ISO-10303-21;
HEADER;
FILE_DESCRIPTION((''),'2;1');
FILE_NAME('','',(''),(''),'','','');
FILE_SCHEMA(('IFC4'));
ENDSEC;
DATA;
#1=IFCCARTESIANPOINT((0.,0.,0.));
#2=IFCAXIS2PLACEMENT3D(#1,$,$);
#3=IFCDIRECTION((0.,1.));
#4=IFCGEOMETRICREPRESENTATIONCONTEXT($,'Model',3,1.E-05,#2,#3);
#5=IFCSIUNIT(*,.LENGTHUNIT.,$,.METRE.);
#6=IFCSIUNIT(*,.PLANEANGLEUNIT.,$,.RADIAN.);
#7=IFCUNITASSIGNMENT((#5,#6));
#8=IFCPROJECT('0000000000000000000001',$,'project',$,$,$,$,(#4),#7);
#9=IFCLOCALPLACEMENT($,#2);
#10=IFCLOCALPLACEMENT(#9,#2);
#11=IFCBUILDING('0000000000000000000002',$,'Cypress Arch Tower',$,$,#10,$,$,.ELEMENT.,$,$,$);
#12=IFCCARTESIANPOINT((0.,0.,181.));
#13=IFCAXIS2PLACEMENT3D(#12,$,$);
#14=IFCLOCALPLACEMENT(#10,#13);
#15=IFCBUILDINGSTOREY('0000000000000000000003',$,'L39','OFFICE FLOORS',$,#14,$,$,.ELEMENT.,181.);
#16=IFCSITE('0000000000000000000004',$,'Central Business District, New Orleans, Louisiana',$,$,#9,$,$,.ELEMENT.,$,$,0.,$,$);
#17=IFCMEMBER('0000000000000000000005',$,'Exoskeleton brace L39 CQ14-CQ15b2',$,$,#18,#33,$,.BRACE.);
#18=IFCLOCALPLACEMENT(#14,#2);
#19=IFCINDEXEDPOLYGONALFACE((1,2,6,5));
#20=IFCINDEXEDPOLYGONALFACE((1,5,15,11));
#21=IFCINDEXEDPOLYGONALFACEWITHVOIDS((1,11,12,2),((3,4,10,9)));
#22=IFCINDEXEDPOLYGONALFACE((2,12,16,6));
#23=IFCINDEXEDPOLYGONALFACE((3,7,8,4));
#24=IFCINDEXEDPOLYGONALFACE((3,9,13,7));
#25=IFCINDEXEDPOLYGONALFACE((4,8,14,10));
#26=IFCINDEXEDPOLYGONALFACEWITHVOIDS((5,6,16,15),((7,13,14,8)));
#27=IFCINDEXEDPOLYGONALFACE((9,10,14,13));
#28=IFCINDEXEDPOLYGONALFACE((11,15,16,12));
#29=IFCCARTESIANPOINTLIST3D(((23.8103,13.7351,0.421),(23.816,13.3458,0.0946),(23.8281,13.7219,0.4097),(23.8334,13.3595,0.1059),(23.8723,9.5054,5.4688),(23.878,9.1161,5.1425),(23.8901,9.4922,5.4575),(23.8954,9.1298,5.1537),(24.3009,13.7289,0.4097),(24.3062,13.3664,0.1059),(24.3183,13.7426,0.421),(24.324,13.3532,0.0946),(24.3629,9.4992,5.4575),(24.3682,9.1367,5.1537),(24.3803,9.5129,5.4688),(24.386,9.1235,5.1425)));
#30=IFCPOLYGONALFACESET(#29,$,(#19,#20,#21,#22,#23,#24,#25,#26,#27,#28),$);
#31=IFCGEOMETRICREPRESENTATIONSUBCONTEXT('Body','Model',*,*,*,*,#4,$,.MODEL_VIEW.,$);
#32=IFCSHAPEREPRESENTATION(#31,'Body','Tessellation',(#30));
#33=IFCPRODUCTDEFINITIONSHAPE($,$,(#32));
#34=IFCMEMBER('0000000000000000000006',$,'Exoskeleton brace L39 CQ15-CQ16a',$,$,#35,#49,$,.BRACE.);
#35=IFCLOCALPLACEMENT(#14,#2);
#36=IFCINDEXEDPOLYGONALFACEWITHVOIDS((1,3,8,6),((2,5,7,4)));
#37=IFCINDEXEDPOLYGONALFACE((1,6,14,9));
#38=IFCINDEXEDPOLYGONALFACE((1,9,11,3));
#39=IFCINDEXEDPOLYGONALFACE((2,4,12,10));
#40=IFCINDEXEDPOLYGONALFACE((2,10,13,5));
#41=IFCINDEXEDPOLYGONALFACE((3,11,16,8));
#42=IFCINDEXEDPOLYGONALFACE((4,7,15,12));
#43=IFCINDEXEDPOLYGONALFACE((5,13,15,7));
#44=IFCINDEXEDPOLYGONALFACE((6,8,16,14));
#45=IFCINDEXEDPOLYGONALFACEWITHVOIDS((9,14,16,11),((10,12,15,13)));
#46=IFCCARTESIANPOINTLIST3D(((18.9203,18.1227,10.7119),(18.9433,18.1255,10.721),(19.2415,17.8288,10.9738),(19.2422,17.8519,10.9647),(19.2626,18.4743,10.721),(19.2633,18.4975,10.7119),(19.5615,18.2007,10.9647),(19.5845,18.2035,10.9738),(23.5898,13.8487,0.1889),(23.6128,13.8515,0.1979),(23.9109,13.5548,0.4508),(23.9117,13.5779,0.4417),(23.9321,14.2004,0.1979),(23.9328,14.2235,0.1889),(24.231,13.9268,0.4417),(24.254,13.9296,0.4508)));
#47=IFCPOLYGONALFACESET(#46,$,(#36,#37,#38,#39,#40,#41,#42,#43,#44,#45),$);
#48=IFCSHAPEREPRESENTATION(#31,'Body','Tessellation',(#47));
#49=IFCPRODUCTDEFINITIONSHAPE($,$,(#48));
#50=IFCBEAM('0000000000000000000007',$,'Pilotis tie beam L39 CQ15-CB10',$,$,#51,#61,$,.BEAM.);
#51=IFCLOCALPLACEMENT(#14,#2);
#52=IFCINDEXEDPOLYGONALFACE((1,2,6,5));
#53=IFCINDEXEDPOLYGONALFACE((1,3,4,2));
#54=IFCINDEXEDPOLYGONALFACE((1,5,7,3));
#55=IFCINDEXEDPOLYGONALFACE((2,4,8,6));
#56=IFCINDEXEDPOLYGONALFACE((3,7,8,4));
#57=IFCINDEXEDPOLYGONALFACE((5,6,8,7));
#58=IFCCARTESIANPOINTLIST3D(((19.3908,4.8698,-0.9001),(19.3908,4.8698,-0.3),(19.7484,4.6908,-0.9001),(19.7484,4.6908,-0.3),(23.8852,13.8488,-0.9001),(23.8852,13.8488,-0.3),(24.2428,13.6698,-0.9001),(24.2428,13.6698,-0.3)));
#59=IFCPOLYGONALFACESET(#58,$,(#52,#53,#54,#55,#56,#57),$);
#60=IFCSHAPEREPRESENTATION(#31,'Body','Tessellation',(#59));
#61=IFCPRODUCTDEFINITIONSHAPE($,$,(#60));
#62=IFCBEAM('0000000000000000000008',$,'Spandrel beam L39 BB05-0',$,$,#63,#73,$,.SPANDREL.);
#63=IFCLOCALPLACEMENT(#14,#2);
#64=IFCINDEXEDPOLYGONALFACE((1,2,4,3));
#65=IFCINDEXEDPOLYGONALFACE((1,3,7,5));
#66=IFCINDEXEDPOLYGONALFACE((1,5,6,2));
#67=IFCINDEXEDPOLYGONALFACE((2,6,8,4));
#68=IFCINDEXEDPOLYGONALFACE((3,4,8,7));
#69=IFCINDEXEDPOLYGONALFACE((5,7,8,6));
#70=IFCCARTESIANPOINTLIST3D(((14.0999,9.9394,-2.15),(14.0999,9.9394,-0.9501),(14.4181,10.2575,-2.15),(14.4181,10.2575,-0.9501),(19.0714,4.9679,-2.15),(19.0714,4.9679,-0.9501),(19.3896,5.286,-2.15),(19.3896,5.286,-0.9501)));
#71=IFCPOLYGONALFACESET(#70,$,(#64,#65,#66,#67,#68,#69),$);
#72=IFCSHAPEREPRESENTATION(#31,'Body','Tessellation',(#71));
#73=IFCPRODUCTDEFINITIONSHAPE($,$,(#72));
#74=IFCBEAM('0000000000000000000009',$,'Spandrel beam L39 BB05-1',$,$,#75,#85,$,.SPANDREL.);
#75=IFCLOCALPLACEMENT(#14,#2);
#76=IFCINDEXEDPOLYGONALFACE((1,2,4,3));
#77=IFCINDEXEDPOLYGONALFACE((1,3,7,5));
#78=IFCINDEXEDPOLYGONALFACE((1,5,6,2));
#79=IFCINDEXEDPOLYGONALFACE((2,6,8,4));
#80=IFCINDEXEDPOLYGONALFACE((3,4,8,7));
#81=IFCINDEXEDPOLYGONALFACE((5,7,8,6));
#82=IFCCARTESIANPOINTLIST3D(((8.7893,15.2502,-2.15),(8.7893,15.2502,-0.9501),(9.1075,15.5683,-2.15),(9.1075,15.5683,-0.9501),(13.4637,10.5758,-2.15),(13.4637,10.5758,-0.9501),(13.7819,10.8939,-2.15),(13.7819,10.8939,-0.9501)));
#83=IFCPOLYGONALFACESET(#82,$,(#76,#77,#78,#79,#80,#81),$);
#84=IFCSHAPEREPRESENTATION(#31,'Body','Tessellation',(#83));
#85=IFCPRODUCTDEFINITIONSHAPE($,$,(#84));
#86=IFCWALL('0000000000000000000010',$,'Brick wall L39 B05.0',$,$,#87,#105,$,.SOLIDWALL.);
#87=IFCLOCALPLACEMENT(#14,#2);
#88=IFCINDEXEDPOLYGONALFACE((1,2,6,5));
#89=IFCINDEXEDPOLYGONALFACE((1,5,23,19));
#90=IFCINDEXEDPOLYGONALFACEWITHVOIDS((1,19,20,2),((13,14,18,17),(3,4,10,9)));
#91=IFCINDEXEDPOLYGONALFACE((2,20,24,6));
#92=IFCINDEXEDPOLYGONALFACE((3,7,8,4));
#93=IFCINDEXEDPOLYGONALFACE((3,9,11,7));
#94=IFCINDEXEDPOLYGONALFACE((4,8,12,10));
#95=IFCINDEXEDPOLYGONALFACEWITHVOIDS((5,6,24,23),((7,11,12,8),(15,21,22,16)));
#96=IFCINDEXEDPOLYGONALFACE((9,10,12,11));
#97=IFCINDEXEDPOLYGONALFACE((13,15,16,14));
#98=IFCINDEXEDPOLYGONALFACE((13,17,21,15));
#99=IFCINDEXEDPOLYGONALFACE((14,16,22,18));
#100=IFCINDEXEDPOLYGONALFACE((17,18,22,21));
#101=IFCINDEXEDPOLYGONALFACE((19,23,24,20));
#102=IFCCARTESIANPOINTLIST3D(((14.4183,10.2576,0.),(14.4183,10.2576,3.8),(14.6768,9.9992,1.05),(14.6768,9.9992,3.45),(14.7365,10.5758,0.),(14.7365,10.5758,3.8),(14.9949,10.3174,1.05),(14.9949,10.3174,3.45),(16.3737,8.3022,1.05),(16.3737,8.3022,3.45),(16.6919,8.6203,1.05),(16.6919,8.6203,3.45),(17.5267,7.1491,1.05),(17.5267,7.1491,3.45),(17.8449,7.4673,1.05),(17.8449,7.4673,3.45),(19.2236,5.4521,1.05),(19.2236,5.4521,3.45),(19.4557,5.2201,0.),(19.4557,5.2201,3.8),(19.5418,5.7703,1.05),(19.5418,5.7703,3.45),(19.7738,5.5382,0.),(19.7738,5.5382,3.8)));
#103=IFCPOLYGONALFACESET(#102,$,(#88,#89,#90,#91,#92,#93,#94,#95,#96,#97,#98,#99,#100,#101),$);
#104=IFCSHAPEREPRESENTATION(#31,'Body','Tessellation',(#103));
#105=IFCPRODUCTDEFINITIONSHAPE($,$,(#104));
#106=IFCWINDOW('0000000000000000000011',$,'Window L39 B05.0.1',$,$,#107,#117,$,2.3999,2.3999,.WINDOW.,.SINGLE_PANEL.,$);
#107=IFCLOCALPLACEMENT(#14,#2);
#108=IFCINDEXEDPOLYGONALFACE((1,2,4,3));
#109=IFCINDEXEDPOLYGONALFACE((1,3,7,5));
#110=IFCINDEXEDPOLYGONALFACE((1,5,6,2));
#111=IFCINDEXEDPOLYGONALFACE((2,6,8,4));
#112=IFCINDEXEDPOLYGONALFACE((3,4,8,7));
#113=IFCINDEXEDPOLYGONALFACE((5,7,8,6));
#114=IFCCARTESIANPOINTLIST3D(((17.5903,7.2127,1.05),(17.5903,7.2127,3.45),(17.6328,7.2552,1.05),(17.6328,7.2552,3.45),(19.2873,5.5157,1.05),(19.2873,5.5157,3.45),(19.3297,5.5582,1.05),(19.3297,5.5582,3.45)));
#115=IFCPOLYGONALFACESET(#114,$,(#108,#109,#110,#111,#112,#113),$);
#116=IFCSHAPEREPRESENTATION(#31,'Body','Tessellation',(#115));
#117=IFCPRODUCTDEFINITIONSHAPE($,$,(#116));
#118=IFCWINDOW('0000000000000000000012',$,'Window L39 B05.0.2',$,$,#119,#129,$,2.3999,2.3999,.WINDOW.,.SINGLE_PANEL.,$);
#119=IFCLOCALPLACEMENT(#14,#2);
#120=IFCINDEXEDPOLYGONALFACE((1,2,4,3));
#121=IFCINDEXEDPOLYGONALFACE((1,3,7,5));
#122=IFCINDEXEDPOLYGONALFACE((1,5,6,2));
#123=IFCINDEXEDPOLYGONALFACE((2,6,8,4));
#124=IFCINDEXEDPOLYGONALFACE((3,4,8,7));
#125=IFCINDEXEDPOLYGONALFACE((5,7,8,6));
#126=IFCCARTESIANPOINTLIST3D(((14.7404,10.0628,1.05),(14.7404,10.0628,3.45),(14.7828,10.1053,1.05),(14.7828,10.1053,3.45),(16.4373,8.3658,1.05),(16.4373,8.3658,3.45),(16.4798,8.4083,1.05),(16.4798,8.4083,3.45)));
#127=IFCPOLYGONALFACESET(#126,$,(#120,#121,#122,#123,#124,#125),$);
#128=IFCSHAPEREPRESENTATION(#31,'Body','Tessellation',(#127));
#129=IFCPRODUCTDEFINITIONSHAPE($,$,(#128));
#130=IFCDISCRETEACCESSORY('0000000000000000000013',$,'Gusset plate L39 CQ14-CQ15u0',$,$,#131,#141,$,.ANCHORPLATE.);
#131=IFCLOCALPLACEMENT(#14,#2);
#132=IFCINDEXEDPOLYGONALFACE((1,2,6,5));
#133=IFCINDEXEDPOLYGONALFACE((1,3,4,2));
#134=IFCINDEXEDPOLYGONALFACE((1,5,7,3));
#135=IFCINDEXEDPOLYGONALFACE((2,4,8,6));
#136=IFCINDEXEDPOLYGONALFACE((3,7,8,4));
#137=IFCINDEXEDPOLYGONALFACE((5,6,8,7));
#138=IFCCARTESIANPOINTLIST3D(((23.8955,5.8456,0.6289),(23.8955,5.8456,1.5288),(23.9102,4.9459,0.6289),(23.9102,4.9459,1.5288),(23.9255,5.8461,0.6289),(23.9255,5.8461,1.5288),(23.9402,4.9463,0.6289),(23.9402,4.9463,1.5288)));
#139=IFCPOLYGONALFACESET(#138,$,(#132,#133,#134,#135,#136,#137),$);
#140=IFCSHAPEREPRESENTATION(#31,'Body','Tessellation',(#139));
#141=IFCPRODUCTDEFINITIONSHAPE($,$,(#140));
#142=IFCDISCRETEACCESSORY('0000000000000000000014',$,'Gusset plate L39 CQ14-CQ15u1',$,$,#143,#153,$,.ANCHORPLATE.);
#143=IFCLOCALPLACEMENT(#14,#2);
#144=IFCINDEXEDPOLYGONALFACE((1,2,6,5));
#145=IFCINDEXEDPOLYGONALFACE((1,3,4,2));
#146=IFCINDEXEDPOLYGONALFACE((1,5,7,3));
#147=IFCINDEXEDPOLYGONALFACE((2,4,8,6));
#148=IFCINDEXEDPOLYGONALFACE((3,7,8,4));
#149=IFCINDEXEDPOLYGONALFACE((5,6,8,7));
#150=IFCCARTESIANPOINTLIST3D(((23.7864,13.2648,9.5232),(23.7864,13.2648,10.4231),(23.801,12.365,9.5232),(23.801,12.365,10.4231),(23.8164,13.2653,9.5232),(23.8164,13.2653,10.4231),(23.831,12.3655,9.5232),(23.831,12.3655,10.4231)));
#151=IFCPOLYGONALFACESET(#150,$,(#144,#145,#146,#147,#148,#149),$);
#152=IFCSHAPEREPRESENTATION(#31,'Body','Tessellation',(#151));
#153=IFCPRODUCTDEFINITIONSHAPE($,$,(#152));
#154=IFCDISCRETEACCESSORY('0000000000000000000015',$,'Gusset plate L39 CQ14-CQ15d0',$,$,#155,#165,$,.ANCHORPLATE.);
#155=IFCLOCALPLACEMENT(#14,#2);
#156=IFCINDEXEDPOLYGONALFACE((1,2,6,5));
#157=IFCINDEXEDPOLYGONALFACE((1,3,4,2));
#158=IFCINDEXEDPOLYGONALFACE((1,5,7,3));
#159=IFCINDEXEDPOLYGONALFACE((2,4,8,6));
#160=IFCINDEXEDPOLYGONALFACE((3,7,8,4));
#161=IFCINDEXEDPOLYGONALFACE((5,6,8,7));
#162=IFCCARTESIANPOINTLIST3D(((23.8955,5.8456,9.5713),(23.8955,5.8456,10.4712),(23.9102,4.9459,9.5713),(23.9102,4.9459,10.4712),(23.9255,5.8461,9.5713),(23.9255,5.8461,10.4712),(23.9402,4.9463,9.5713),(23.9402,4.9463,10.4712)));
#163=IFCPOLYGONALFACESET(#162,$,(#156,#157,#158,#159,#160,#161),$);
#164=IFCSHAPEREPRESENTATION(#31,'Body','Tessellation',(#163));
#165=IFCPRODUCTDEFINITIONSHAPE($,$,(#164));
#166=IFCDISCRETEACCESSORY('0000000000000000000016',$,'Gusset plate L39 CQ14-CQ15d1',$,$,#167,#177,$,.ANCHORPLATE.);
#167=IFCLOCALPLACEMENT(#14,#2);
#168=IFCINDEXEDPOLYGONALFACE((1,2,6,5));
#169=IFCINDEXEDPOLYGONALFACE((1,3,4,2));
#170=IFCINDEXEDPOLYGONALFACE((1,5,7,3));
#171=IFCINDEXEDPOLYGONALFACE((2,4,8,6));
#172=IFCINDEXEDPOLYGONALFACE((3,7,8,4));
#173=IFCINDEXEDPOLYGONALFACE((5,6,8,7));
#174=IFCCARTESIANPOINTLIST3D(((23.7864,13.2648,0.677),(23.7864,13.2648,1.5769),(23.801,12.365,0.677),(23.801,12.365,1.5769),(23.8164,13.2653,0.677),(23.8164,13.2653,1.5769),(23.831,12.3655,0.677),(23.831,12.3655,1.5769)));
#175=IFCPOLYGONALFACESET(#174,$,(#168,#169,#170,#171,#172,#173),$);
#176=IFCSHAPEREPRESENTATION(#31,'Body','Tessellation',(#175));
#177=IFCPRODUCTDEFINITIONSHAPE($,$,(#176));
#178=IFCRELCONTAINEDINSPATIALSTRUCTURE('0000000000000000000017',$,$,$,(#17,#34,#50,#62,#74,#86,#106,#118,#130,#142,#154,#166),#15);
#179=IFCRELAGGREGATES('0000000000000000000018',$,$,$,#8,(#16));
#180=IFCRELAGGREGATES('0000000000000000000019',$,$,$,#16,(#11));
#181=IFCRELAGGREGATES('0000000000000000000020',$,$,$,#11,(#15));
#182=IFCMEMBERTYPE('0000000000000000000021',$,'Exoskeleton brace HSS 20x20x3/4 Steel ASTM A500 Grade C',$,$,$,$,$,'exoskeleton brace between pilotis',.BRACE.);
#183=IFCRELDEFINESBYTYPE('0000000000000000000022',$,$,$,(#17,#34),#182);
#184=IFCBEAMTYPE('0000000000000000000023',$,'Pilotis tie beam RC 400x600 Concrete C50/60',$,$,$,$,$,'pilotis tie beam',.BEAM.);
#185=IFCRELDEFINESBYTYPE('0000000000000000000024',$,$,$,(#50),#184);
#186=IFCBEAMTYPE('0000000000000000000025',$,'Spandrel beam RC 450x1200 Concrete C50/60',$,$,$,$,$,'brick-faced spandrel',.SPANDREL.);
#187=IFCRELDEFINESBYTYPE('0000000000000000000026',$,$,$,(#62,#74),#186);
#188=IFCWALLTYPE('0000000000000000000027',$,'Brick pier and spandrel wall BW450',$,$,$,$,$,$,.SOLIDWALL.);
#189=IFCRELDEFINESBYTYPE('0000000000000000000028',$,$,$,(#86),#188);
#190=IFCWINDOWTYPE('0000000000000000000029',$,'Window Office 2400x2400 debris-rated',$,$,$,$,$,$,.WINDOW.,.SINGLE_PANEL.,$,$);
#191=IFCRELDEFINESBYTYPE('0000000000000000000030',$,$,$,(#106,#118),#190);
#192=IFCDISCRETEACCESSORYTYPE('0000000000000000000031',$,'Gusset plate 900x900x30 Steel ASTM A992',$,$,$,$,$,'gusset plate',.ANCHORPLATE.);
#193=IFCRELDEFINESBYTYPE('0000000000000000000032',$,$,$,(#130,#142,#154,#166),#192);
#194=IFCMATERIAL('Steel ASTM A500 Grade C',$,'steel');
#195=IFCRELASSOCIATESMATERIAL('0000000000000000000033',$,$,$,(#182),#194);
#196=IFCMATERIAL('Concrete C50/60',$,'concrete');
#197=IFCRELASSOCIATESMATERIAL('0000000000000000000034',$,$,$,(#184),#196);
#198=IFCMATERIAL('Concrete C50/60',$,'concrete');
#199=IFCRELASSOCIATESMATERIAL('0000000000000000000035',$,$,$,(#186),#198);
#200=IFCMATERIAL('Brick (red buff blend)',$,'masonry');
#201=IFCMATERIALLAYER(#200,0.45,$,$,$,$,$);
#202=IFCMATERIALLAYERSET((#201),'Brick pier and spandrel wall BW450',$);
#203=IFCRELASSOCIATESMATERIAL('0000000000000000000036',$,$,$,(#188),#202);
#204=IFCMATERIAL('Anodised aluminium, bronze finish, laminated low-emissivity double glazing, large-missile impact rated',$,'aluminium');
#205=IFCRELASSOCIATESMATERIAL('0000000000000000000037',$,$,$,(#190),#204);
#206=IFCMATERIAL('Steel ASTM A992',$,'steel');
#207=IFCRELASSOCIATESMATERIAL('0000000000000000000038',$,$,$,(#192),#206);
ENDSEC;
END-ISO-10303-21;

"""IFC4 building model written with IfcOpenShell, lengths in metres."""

from ifc_helpers import new_model, si_unit, direction, frame, frame_2d, origin, origin_2d, place, context, subcontext, project, spatial, rectangle, hollow_rectangle, extrude, material, layer, layer_set, material_profile, profile_set, type_object, element, fill, save


model = new_model("IFC4")

# Units and contexts
model_context = context("Model", 3, precision=1e-05, world=origin(), true_north=direction((0.0, 1.0)))
body_context = subcontext(model_context, "Body", "Model", "MODEL_VIEW")
ifc_project = project(units=[si_unit("LENGTHUNIT", "METRE"), si_unit("PLANEANGLEUNIT", "RADIAN")], contexts=[model_context])

# Site, building, storey
site_placement = place(None, origin())
site = spatial("IfcSite", under=ifc_project, at=site_placement, Name="Central Business District, New Orleans, Louisiana", CompositionType="ELEMENT", RefElevation=0.0)
building_placement = place(site_placement, origin())
building = spatial("IfcBuilding", under=site, at=building_placement, Name="Cypress Arch Tower", CompositionType="ELEMENT")
storey_placement = place(building_placement, frame((0.0, 0.0, 181.0)))
storey = spatial("IfcBuildingStorey", under=building, at=storey_placement, Name="L39", Description="OFFICE FLOORS", CompositionType="ELEMENT", Elevation=181.0)

# Members
ifc_material_1 = material(Name="Steel ASTM A500 Grade C", Category="steel")
ifc_material_profile_1 = material_profile(ifc_material_1, hollow_rectangle(XDim=0.5081, YDim=0.5081, WallThickness=0.0176, at=origin_2d()), Name="HSS 20x20x3/4")
ifc_profile_set_1 = profile_set([ifc_material_profile_1], Name="Steel ASTM A500 Grade C")
member_type = type_object("IfcMemberType", Name="Exoskeleton brace HSS 20x20x3/4 Steel ASTM A500 Grade C", ElementType="exoskeleton brace between pilotis", PredefinedType="BRACE", material=ifc_profile_set_1)
member_1_placement = place(storey_placement, frame((24.0671, 13.5442, 0.2578), z_axis=(0.009416, -0.642232, 0.766452), x_axis=(0.999893, 0.014659, 0.0)))
element("IfcMember", 1, at=member_1_placement, inside=storey, type_object=member_type, Name="Exoskeleton brace L39 CQ14-CQ15b2", PredefinedType="BRACE", context=body_context, shape_type="SweptSolid", body=[
    extrude(hollow_rectangle(XDim=0.5081, YDim=0.5081, WallThickness=0.0176, at=origin_2d()), origin(), (0.0, 0.0, 1.0), 6.5859),
])
member_2_placement = place(storey_placement, frame((23.9219, 13.8892, 0.3198), z_axis=(-0.380242, 0.348035, 0.856906), x_axis=(-0.675176, -0.737657, 0.0)))
element("IfcMember", 2, at=member_2_placement, inside=storey, type_object=member_type, Name="Exoskeleton brace L39 CQ15-CQ16a", PredefinedType="BRACE", context=body_context, shape_type="SweptSolid", body=[
    extrude(hollow_rectangle(XDim=0.5081, YDim=0.5081, WallThickness=0.0176, at=origin_2d()), origin(), (0.0, 0.0, 1.0), 12.2803),
])

# Beams
ifc_material_2 = material(Name="Concrete C50/60", Category="concrete")
ifc_material_profile_2 = material_profile(ifc_material_2, rectangle(XDim=0.3999, YDim=0.6001, at=origin_2d()), Name="RC 400x600")
ifc_profile_set_2 = profile_set([ifc_material_profile_2], Name="Concrete C50/60")
beam_type_1 = type_object("IfcBeamType", Name="Pilotis tie beam RC 400x600 Concrete C50/60", ElementType="pilotis tie beam", PredefinedType="BEAM", material=ifc_profile_set_2)
beam_1_placement = place(storey_placement, frame((24.064, 13.7593, -0.6001), z_axis=(-0.447603, -0.894233, 0.0), x_axis=(0.894233, -0.447603, 0.0)))
element("IfcBeam", 3, at=beam_1_placement, inside=storey, type_object=beam_type_1, Name="Pilotis tie beam L39 CQ15-CB10", PredefinedType="BEAM", context=body_context, shape_type="SweptSolid", body=[
    extrude(rectangle(XDim=0.3999, YDim=0.6001, at=origin_2d()), origin(), (0.0, 0.0, 1.0), 10.041),
])
ifc_material_3 = material(Name="Concrete C50/60", Category="concrete")
ifc_material_profile_3 = material_profile(ifc_material_3, rectangle(XDim=0.45, YDim=1.2, at=origin_2d()), Name="RC 450x1200")
ifc_profile_set_3 = profile_set([ifc_material_profile_3], Name="Concrete C50/60")
beam_type_2 = type_object("IfcBeamType", Name="Spandrel beam RC 450x1200 Concrete C50/60", ElementType="brick-faced spandrel", PredefinedType="SPANDREL", material=ifc_profile_set_3)
beam_2_placement = place(storey_placement, frame((19.2305, 5.127, -1.55), z_axis=(-0.707107, 0.707107, 0.0), x_axis=(-0.707107, -0.707107, 0.0)))
element("IfcBeam", 4, at=beam_2_placement, inside=storey, type_object=beam_type_2, Name="Spandrel beam L39 BB05-0", PredefinedType="SPANDREL", context=body_context, shape_type="SweptSolid", body=[
    extrude(rectangle(XDim=0.45, YDim=1.2, at=origin_2d()), origin(), (0.0, 0.0, 1.0), 7.0308),
])
beam_3_placement = place(storey_placement, frame((13.6228, 10.7349, -1.55), z_axis=(-0.707107, 0.707107, 0.0), x_axis=(-0.707107, -0.707107, 0.0)))
element("IfcBeam", 5, at=beam_3_placement, inside=storey, type_object=beam_type_2, Name="Spandrel beam L39 BB05-1", PredefinedType="SPANDREL", context=body_context, shape_type="SweptSolid", body=[
    extrude(rectangle(XDim=0.45, YDim=1.2, at=origin_2d()), origin(), (0.0, 0.0, 1.0), 6.6106),
])

# Wall, openings, windows
ifc_material_4 = material(Name="Brick (red buff blend)", Category="masonry")
ifc_layer_1 = layer(ifc_material_4, 0.45)
ifc_layer_set_1 = layer_set([ifc_layer_1], Name="Brick pier and spandrel wall BW450")
wall_type_1 = type_object("IfcWallType", Name="Brick pier and spandrel wall BW450", PredefinedType="SOLIDWALL", material=ifc_layer_set_1)
wall_1_placement = place(storey_placement, frame((19.6147, 5.3792, 0.0), z_axis=(0.0, 0.0, 1.0), x_axis=(-0.70709, 0.707124, 0.0)))
wall_1 = element("IfcWall", 6, at=wall_1_placement, inside=storey, type_object=wall_type_1, Name="Brick wall L39 B05.0", PredefinedType="SOLIDWALL", context=body_context, shape_type="SweptSolid", body=[
    extrude(rectangle(XDim=7.124, YDim=0.45, at=frame_2d((3.562, 0.0))), origin(), (0.0, 0.0, 1.0), 3.8),
])
opening_1_placement = place(wall_1_placement, frame((0.3281, 0.0, 1.05)))
opening_1 = element("IfcOpeningElement", 7, at=opening_1_placement, cuts=wall_1, PredefinedType="OPENING", context=body_context, shape_type="SweptSolid", body=[
    extrude(rectangle(XDim=2.3999, YDim=2.3999, at=frame_2d((1.2, 1.2))), frame((0.0, 0.2349, 0.0), z_axis=(0.0, -1.0, 0.0), x_axis=(1.0, 0.0, 0.0)), (0.0, 0.0, 1.0), 0.47),
])
opening_2_placement = place(wall_1_placement, frame((4.3586, 0.0, 1.05)))
opening_2 = element("IfcOpeningElement", 8, at=opening_2_placement, cuts=wall_1, PredefinedType="OPENING", context=body_context, shape_type="SweptSolid", body=[
    extrude(rectangle(XDim=2.3999, YDim=2.3999, at=frame_2d((1.2, 1.2))), frame((0.0, 0.2349, 0.0), z_axis=(0.0, -1.0, 0.0), x_axis=(1.0, 0.0, 0.0)), (0.0, 0.0, 1.0), 0.47),
])
ifc_material_5 = material(Name="Anodised aluminium, bronze finish, laminated low-emissivity double glazing, large-missile impact rated", Category="aluminium")
window_type = type_object("IfcWindowType", Name="Window Office 2400x2400 debris-rated", PartitioningType="SINGLE_PANEL", PredefinedType="WINDOW", material=ifc_material_5)
window_1_placement = place(opening_1_placement, origin())
window_1 = element("IfcWindow", 9, at=window_1_placement, inside=storey, type_object=window_type, Name="Window L39 B05.0.1", OverallHeight=2.3999, OverallWidth=2.3999, PartitioningType="SINGLE_PANEL", PredefinedType="WINDOW", context=body_context, shape_type="SweptSolid", body=[
    extrude(rectangle(XDim=2.3999, YDim=2.3999, at=frame_2d((1.2, 1.2))), frame((0.0, 0.135, 0.0), z_axis=(0.0, -1.0, 0.0), x_axis=(1.0, 0.0, 0.0)), (0.0, 0.0, 1.0), 0.0601),
])
fill(opening_1, window_1)
window_2_placement = place(opening_2_placement, origin())
window_2 = element("IfcWindow", 10, at=window_2_placement, inside=storey, type_object=window_type, Name="Window L39 B05.0.2", OverallHeight=2.3999, OverallWidth=2.3999, PartitioningType="SINGLE_PANEL", PredefinedType="WINDOW", context=body_context, shape_type="SweptSolid", body=[
    extrude(rectangle(XDim=2.3999, YDim=2.3999, at=frame_2d((1.2, 1.2))), frame((0.0, 0.135, 0.0), z_axis=(0.0, -1.0, 0.0), x_axis=(1.0, 0.0, 0.0)), (0.0, 0.0, 1.0), 0.0601),
])
fill(opening_2, window_2)

# Discrete accessories
ifc_material_6 = material(Name="Steel ASTM A992", Category="steel")
ifc_material_profile_4 = material_profile(ifc_material_6, rectangle(XDim=0.8999, YDim=0.8999, at=origin_2d()), Name="PL 30 900x900")
ifc_profile_set_4 = profile_set([ifc_material_profile_4], Name="Steel ASTM A992")
discrete_accessory_type_1 = type_object("IfcDiscreteAccessoryType", Name="Gusset plate 900x900x30 Steel ASTM A992", ElementType="gusset plate", PredefinedType="ANCHORPLATE", material=ifc_profile_set_4)
for number, where, z_axis, x_axis, name in (
    (11, (23.9329, 5.3962, 1.0789), (-0.999868, -0.016258, 0.0), (0.016258, -0.999868, 0.0), "Gusset plate L39 CQ14-CQ15u0"),
    (12, (23.8237, 12.8154, 9.9731), (-0.999868, -0.016258, 0.0), (0.016258, -0.999868, 0.0), "Gusset plate L39 CQ14-CQ15u1"),
    (13, (23.9329, 5.3962, 10.0212), (-0.999868, -0.016258, 0.0), (0.016258, -0.999868, 0.0), "Gusset plate L39 CQ14-CQ15d0"),
    (14, (23.8237, 12.8154, 1.127), (-0.999868, -0.016258, 0.0), (0.016258, -0.999868, 0.0), "Gusset plate L39 CQ14-CQ15d1"),
):
    element("IfcDiscreteAccessory", number, at=place(storey_placement, frame(where, z_axis=z_axis, x_axis=x_axis)), inside=storey, type_object=discrete_accessory_type_1, Name=name, PredefinedType="ANCHORPLATE", context=body_context, shape_type="SweptSolid", body=[
        extrude(rectangle(XDim=0.8999, YDim=0.8999, at=origin_2d()), origin(), (0.0, 0.0, 1.0), 0.03),
    ])

save(model, "model.ifc")
